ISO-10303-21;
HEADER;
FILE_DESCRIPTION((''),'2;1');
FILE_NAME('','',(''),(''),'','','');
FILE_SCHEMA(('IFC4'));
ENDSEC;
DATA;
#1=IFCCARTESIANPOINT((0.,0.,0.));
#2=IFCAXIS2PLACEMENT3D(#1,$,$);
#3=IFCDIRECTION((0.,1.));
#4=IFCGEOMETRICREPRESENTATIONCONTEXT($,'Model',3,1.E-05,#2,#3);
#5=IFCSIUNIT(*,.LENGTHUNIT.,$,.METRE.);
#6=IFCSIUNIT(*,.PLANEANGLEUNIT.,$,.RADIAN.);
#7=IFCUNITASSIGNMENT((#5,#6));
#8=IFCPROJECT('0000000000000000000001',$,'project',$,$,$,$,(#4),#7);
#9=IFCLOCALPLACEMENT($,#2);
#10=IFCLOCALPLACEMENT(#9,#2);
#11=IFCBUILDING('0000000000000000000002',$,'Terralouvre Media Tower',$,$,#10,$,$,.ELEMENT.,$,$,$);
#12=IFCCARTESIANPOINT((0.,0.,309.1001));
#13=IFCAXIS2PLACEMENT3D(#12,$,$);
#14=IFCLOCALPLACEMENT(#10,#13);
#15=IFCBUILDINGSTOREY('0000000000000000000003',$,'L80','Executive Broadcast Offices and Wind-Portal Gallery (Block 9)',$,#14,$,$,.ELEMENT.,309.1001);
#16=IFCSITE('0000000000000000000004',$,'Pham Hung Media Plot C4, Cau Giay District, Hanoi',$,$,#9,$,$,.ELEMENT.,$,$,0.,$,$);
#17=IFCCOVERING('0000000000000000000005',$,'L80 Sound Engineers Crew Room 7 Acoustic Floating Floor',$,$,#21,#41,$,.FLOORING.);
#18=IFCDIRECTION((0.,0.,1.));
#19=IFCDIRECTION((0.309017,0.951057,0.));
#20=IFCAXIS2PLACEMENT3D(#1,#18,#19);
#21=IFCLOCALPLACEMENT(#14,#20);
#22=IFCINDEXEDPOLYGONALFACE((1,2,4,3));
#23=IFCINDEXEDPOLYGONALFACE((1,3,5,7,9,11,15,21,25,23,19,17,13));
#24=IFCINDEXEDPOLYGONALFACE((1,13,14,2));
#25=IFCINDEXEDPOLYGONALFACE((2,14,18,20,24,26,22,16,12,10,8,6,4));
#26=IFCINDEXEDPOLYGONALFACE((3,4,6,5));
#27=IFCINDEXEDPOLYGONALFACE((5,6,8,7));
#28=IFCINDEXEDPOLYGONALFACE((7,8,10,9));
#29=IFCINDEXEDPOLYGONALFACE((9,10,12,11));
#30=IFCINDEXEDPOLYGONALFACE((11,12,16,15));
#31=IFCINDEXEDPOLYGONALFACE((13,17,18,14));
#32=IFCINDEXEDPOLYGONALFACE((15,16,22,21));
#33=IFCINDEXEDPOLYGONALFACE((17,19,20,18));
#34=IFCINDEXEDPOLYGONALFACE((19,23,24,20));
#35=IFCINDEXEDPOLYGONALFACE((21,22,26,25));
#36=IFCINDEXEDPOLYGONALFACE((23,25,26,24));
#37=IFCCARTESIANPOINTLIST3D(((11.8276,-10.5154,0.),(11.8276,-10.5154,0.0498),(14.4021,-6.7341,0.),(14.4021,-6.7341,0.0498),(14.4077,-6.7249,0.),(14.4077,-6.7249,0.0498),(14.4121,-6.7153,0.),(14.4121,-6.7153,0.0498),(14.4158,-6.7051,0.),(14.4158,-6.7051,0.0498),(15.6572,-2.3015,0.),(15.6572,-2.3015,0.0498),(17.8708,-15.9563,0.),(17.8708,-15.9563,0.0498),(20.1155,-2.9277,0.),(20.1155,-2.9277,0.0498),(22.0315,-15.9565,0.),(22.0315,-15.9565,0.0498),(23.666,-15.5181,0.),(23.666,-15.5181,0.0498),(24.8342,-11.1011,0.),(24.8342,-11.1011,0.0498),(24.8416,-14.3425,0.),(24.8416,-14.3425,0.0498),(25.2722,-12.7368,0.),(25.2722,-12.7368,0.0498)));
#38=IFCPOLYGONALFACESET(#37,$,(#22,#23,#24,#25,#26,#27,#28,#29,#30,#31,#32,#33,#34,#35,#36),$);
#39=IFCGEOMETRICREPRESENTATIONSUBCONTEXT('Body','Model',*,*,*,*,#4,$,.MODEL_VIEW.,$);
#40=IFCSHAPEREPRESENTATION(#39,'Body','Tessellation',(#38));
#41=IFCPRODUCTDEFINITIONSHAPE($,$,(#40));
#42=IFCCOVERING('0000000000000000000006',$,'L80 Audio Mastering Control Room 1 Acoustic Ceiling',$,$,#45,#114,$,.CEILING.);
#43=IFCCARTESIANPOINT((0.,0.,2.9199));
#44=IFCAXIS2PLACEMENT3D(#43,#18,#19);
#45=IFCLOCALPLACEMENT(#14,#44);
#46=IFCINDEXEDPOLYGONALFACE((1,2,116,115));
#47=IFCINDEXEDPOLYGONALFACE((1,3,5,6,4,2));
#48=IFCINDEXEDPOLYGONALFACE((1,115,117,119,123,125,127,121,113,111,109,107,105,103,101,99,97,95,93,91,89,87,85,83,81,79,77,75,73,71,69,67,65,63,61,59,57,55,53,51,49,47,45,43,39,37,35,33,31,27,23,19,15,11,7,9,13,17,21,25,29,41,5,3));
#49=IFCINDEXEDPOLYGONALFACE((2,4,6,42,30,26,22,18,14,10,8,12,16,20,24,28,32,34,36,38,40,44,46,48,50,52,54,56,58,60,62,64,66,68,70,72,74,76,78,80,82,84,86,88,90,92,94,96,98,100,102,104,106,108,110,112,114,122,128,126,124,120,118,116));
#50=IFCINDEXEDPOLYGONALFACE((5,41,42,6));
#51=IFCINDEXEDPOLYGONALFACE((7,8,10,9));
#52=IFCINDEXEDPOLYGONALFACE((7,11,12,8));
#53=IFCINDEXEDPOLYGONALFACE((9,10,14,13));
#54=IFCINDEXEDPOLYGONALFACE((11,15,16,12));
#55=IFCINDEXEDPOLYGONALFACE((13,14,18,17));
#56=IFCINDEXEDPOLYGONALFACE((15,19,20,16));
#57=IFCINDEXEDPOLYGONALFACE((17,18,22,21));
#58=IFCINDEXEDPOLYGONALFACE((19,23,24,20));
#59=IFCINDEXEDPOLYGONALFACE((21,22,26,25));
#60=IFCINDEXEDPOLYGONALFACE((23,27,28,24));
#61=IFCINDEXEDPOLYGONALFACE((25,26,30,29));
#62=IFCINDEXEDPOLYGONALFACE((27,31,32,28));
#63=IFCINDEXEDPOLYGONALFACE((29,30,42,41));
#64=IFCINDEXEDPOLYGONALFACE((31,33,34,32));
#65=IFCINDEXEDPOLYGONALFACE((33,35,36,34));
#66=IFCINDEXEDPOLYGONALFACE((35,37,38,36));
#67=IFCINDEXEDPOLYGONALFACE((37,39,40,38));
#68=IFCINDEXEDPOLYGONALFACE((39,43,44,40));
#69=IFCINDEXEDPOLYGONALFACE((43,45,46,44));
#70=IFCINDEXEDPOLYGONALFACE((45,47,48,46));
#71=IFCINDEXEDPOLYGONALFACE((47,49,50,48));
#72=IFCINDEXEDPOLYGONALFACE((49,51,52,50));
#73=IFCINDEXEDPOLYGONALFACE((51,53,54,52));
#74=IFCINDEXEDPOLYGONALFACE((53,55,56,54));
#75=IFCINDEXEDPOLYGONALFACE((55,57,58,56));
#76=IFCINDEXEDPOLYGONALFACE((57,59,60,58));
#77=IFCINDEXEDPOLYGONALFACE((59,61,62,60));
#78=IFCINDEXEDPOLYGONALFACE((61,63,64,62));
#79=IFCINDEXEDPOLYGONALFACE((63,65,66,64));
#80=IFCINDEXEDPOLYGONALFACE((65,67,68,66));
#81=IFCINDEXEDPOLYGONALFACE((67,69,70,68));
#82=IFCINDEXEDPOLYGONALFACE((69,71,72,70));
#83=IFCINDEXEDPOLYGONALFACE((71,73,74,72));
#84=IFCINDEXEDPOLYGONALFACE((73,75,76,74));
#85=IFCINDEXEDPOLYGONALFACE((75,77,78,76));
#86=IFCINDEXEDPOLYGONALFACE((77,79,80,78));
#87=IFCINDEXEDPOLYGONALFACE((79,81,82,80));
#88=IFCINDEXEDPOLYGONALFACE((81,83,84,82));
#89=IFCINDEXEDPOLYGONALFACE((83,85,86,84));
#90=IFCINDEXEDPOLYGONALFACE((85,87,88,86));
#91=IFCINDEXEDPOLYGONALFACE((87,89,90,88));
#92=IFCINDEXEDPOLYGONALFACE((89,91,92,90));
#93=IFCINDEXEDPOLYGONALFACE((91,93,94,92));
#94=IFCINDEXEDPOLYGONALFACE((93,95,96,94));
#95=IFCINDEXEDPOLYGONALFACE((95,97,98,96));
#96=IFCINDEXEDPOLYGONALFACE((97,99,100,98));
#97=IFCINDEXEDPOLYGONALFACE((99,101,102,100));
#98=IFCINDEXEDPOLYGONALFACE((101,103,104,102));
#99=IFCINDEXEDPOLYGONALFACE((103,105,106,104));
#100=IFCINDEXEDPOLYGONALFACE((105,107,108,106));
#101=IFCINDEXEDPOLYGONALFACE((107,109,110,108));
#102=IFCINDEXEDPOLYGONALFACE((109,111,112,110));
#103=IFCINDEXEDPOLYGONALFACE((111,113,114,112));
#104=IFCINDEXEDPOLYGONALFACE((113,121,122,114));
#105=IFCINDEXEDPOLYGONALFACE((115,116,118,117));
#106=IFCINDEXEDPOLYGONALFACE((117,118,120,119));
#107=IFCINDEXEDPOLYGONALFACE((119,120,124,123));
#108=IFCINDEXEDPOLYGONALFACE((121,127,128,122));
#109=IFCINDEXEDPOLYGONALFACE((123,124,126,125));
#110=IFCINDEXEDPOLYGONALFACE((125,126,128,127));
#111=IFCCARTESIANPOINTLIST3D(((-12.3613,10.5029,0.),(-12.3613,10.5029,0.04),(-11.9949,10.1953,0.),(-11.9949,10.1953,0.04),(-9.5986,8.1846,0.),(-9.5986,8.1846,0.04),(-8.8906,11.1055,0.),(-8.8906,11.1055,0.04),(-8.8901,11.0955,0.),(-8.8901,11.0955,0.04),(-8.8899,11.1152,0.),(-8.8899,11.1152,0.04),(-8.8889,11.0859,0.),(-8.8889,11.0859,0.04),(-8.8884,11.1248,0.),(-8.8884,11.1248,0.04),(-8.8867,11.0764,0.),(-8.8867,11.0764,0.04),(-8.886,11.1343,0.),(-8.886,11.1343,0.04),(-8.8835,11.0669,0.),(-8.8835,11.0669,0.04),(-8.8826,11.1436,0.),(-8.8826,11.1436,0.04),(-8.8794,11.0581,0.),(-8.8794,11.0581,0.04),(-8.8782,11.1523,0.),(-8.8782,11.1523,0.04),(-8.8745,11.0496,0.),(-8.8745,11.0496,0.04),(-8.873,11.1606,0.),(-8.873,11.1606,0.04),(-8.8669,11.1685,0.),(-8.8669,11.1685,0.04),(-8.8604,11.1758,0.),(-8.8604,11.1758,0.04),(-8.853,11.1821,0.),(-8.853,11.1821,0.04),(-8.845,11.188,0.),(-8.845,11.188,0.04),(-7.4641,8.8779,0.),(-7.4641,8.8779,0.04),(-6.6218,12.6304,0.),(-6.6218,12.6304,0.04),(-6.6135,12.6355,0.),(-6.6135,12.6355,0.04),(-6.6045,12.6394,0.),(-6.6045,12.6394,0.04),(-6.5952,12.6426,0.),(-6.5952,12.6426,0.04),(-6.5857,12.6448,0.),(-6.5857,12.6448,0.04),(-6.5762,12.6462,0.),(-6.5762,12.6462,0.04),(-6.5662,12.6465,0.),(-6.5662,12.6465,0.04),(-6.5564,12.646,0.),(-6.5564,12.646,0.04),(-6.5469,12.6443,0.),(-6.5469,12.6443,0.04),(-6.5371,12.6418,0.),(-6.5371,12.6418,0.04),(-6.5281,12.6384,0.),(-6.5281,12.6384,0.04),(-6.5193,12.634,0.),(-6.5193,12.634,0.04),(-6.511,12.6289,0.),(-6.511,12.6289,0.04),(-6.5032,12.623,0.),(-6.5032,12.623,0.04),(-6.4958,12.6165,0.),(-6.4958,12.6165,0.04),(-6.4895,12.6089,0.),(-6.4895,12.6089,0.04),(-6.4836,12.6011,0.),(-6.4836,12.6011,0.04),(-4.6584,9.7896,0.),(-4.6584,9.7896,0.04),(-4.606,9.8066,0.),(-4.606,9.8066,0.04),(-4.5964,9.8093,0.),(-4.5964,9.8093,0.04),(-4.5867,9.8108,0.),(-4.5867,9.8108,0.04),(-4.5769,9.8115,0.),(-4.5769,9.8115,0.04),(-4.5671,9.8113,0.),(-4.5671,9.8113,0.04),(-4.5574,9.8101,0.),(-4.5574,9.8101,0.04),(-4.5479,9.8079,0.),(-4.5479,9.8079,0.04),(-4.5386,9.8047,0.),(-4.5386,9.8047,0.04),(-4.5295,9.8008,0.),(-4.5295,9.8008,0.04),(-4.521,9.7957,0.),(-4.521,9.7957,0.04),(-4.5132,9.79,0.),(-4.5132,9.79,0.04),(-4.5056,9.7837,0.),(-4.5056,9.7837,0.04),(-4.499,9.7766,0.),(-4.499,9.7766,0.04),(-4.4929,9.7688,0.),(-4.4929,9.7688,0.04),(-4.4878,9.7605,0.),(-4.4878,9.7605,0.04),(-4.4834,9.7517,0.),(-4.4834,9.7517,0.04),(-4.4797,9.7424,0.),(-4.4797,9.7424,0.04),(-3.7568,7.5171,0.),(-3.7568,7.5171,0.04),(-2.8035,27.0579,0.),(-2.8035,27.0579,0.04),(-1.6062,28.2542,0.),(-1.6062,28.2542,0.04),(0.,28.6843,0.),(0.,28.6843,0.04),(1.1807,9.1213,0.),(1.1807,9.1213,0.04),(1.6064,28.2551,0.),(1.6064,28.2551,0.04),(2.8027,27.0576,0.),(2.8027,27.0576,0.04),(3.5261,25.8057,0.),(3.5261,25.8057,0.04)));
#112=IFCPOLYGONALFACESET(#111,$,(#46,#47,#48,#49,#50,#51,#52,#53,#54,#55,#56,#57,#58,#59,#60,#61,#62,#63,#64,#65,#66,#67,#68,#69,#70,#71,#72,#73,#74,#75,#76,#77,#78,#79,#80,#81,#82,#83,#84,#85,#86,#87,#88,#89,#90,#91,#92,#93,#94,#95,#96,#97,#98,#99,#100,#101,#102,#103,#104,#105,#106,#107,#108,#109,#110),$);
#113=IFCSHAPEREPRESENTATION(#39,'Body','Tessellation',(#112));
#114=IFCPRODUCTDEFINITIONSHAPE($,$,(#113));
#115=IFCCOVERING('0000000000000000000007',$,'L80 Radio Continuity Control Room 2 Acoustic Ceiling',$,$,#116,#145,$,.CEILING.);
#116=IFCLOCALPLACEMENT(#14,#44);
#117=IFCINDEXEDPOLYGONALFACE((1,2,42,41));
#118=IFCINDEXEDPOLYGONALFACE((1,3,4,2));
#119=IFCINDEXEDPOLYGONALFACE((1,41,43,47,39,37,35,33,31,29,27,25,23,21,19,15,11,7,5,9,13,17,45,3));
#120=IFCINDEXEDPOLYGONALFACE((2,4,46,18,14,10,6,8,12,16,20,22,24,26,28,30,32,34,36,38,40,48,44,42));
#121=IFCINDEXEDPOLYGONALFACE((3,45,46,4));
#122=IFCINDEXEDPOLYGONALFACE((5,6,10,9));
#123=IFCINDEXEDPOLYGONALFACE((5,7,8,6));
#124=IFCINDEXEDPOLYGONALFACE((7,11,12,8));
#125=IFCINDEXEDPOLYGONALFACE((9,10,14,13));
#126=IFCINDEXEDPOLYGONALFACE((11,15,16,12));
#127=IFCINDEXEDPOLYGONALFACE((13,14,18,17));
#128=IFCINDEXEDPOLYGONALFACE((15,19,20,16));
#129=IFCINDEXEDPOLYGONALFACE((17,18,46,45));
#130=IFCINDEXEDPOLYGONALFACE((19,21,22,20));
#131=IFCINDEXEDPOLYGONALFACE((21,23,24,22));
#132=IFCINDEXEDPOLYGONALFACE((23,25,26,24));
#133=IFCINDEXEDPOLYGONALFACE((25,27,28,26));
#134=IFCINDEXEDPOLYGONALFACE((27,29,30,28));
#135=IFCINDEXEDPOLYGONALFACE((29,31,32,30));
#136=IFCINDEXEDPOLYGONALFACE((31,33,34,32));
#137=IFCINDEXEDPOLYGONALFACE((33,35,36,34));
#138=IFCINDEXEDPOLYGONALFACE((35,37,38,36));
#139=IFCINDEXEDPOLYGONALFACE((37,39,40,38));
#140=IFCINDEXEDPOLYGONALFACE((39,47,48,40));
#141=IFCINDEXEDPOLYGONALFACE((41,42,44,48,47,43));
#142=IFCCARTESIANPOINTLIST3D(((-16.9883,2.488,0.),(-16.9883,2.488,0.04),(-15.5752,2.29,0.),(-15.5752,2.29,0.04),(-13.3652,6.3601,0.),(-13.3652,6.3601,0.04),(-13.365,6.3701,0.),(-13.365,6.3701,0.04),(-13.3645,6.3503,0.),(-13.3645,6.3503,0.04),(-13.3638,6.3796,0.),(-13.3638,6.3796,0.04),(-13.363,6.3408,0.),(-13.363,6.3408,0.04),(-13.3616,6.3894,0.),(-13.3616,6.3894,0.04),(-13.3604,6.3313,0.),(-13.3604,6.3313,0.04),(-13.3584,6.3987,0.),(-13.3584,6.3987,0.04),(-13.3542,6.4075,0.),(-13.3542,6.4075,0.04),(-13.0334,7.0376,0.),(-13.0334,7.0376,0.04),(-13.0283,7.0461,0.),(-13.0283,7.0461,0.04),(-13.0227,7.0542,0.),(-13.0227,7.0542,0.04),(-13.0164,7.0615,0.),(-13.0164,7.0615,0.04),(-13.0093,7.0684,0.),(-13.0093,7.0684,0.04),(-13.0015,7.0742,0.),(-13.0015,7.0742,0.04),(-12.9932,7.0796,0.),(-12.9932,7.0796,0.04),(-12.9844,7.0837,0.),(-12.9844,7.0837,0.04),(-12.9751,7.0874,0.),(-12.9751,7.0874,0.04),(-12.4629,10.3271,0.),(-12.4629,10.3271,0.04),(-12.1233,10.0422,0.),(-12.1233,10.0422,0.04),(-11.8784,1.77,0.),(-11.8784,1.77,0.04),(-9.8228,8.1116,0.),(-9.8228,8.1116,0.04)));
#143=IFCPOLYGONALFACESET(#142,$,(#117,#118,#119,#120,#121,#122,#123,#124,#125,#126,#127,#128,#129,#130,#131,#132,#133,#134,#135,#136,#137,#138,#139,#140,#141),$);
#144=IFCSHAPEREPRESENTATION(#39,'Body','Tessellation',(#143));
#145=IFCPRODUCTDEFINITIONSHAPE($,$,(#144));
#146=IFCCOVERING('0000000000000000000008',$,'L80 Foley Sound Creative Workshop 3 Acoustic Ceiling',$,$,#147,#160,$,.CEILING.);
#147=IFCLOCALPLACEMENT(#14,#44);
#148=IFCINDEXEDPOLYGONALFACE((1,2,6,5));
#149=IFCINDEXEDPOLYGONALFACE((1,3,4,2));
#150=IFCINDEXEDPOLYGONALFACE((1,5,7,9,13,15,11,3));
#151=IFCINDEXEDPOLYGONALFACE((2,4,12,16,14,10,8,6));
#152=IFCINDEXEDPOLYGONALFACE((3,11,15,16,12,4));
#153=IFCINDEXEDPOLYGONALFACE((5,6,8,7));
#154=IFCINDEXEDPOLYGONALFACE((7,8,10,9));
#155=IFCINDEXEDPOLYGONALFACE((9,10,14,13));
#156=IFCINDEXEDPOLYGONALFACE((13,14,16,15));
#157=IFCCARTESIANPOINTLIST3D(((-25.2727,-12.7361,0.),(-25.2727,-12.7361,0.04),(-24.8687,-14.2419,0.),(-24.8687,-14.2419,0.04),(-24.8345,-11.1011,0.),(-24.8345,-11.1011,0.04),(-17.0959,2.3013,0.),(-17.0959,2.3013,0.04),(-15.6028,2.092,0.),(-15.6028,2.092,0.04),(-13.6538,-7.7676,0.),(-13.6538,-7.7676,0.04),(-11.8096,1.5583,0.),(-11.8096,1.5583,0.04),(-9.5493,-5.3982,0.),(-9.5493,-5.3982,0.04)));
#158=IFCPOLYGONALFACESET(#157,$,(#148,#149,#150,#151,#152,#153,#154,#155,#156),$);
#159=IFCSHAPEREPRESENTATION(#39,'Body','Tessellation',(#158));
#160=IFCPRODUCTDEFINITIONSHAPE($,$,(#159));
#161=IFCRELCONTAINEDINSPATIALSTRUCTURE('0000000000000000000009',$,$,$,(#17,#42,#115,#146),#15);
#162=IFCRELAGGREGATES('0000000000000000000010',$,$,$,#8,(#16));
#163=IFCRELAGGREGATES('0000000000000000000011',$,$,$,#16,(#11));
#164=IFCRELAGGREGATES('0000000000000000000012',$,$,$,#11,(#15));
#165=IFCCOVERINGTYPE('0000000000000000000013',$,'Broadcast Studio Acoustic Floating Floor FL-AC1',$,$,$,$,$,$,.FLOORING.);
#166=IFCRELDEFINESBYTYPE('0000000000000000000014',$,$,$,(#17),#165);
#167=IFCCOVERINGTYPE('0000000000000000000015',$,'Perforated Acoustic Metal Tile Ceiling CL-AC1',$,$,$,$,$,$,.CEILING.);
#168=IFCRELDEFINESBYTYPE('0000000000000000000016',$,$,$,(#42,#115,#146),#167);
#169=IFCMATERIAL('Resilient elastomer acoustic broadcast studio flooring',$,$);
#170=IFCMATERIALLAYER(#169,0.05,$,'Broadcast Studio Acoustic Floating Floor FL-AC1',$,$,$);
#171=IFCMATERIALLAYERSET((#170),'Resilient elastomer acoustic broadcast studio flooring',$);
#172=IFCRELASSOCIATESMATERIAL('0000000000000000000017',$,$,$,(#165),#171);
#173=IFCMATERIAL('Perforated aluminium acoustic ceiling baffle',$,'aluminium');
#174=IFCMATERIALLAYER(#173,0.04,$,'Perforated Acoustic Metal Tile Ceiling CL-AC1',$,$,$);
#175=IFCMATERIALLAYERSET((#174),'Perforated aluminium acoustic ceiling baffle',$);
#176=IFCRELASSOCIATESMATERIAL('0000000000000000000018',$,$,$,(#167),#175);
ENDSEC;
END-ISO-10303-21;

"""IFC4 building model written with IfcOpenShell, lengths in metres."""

from ifc_helpers import new_model, si_unit, direction, frame, origin, place, context, subcontext, project, spatial, polyline, outline, extrude, material, layer, layer_set, type_object, element, save


model = new_model("IFC4")

# Units and contexts
model_context = context("Model", 3, precision=1e-05, world=origin(), true_north=direction((0.0, 1.0)))
body_context = subcontext(model_context, "Body", "Model", "MODEL_VIEW")
ifc_project = project(units=[si_unit("LENGTHUNIT", "METRE"), si_unit("PLANEANGLEUNIT", "RADIAN")], contexts=[model_context])

# Site, building, storey
site_placement = place(None, origin())
site = spatial("IfcSite", under=ifc_project, at=site_placement, Name="Pham Hung Media Plot C4, Cau Giay District, Hanoi", CompositionType="ELEMENT", RefElevation=0.0)
building_placement = place(site_placement, origin())
building = spatial("IfcBuilding", under=site, at=building_placement, Name="Terralouvre Media Tower", CompositionType="ELEMENT")
storey_placement = place(building_placement, frame((0.0, 0.0, 309.1001)))
storey = spatial("IfcBuildingStorey", under=building, at=storey_placement, Name="L80", Description="Executive Broadcast Offices and Wind-Portal Gallery (Block 9)", CompositionType="ELEMENT", Elevation=309.1001)

# Coverings
ifc_material_1 = material(Name="Resilient elastomer acoustic broadcast studio flooring")
ifc_layer_1 = layer(ifc_material_1, 0.05, Name="Broadcast Studio Acoustic Floating Floor FL-AC1")
ifc_layer_set_1 = layer_set([ifc_layer_1], Name="Resilient elastomer acoustic broadcast studio flooring")
covering_type_1 = type_object("IfcCoveringType", Name="Broadcast Studio Acoustic Floating Floor FL-AC1", PredefinedType="FLOORING", material=ifc_layer_set_1)
covering_1_placement = place(storey_placement, frame((0.0, 0.0, 0.0), z_axis=(0.0, 0.0, 1.0), x_axis=(0.309017, 0.951057, 0.0)))
element("IfcCovering", 1, at=covering_1_placement, inside=storey, type_object=covering_type_1, Name="L80 Sound Engineers Crew Room 7 Acoustic Floating Floor", PredefinedType="FLOORING", context=body_context, shape_type="SweptSolid", body=[
    extrude(outline(polyline([(14.4158, -6.7051), (14.4121, -6.7153), (14.4077, -6.7249), (14.4021, -6.7341), (11.8276, -10.5154), (17.8708, -15.9563), (22.0315, -15.9565), (23.666, -15.5181), (24.8416, -14.3425), (25.2722, -12.7368), (24.8342, -11.1011), (20.1155, -2.9277), (15.6572, -2.3015), (14.4158, -6.7051)])), origin(), (0.0, 0.0, 1.0), 0.0498),
])
ifc_material_2 = material(Name="Perforated aluminium acoustic ceiling baffle", Category="aluminium")
ifc_layer_2 = layer(ifc_material_2, 0.04, Name="Perforated Acoustic Metal Tile Ceiling CL-AC1")
ifc_layer_set_2 = layer_set([ifc_layer_2], Name="Perforated aluminium acoustic ceiling baffle")
covering_type_2 = type_object("IfcCoveringType", Name="Perforated Acoustic Metal Tile Ceiling CL-AC1", PredefinedType="CEILING", material=ifc_layer_set_2)
covering_2_placement = place(storey_placement, frame((0.0, 0.0, 2.9199), z_axis=(0.0, 0.0, 1.0), x_axis=(0.309017, 0.951057, 0.0)))
element("IfcCovering", 2, at=covering_2_placement, inside=storey, type_object=covering_type_2, Name="L80 Audio Mastering Control Room 1 Acoustic Ceiling", PredefinedType="CEILING", context=body_context, shape_type="SweptSolid", body=[
    extrude(outline(polyline([(-11.9949, 10.1953), (-9.5986, 8.1846), (-7.4641, 8.8779), (-8.8745, 11.0496), (-8.8794, 11.0581), (-8.8835, 11.0669), (-8.8867, 11.0764), (-8.8889, 11.0859), (-8.8901, 11.0955), (-8.8906, 11.1055), (-8.8899, 11.1152), (-8.8884, 11.1248), (-8.886, 11.1343), (-8.8826, 11.1436), (-8.8782, 11.1523), (-8.873, 11.1606), (-8.8669, 11.1685), (-8.8604, 11.1758), (-8.853, 11.1821), (-8.845, 11.188), (-6.6218, 12.6304), (-6.6135, 12.6355), (-6.6045, 12.6394), (-6.5952, 12.6426), (-6.5857, 12.6448), (-6.5762, 12.6462), (-6.5662, 12.6465), (-6.5564, 12.646), (-6.5469, 12.6443), (-6.5371, 12.6418), (-6.5281, 12.6384), (-6.5193, 12.634), (-6.511, 12.6289), (-6.5032, 12.623), (-6.4958, 12.6165), (-6.4895, 12.6089), (-6.4836, 12.6011), (-4.6584, 9.7896), (-4.606, 9.8066), (-4.5964, 9.8093), (-4.5867, 9.8108), (-4.5769, 9.8115), (-4.5671, 9.8113), (-4.5574, 9.8101), (-4.5479, 9.8079), (-4.5386, 9.8047), (-4.5295, 9.8008), (-4.521, 9.7957), (-4.5132, 9.79), (-4.5056, 9.7837), (-4.499, 9.7766), (-4.4929, 9.7688), (-4.4878, 9.7605), (-4.4834, 9.7517), (-4.4797, 9.7424), (-3.7568, 7.5171), (1.1807, 9.1213), (3.5261, 25.8057), (2.8027, 27.0576), (1.6064, 28.2551), (0.0, 28.6843), (-1.6062, 28.2542), (-2.8035, 27.0579), (-12.3613, 10.5029), (-11.9949, 10.1953)])), origin(), (0.0, 0.0, 1.0), 0.04),
])
covering_3_placement = place(storey_placement, frame((0.0, 0.0, 2.9199), z_axis=(0.0, 0.0, 1.0), x_axis=(0.309017, 0.951057, 0.0)))
element("IfcCovering", 3, at=covering_3_placement, inside=storey, type_object=covering_type_2, Name="L80 Radio Continuity Control Room 2 Acoustic Ceiling", PredefinedType="CEILING", context=body_context, shape_type="SweptSolid", body=[
    extrude(outline(polyline([(-15.5752, 2.29), (-11.8784, 1.77), (-13.3604, 6.3313), (-13.363, 6.3408), (-13.3645, 6.3503), (-13.3652, 6.3601), (-13.365, 6.3701), (-13.3638, 6.3796), (-13.3616, 6.3894), (-13.3584, 6.3987), (-13.3542, 6.4075), (-13.0334, 7.0376), (-13.0283, 7.0461), (-13.0227, 7.0542), (-13.0164, 7.0615), (-13.0093, 7.0684), (-13.0015, 7.0742), (-12.9932, 7.0796), (-12.9844, 7.0837), (-12.9751, 7.0874), (-9.8228, 8.1116), (-12.1233, 10.0422), (-12.4629, 10.3271), (-16.9883, 2.488), (-15.5752, 2.29)])), origin(), (0.0, 0.0, 1.0), 0.04),
])
covering_4_placement = place(storey_placement, frame((0.0, 0.0, 2.9199), z_axis=(0.0, 0.0, 1.0), x_axis=(0.309017, 0.951057, 0.0)))
element("IfcCovering", 4, at=covering_4_placement, inside=storey, type_object=covering_type_2, Name="L80 Foley Sound Creative Workshop 3 Acoustic Ceiling", PredefinedType="CEILING", context=body_context, shape_type="SweptSolid", body=[
    extrude(outline(polyline([(-9.5493, -5.3982), (-11.8096, 1.5583), (-15.6028, 2.092), (-17.0959, 2.3013), (-24.8345, -11.1011), (-25.2727, -12.7361), (-24.8687, -14.2419), (-13.6538, -7.7676), (-9.5493, -5.3982)])), origin(), (0.0, 0.0, 1.0), 0.04),
])

save(model, "model.ifc")
